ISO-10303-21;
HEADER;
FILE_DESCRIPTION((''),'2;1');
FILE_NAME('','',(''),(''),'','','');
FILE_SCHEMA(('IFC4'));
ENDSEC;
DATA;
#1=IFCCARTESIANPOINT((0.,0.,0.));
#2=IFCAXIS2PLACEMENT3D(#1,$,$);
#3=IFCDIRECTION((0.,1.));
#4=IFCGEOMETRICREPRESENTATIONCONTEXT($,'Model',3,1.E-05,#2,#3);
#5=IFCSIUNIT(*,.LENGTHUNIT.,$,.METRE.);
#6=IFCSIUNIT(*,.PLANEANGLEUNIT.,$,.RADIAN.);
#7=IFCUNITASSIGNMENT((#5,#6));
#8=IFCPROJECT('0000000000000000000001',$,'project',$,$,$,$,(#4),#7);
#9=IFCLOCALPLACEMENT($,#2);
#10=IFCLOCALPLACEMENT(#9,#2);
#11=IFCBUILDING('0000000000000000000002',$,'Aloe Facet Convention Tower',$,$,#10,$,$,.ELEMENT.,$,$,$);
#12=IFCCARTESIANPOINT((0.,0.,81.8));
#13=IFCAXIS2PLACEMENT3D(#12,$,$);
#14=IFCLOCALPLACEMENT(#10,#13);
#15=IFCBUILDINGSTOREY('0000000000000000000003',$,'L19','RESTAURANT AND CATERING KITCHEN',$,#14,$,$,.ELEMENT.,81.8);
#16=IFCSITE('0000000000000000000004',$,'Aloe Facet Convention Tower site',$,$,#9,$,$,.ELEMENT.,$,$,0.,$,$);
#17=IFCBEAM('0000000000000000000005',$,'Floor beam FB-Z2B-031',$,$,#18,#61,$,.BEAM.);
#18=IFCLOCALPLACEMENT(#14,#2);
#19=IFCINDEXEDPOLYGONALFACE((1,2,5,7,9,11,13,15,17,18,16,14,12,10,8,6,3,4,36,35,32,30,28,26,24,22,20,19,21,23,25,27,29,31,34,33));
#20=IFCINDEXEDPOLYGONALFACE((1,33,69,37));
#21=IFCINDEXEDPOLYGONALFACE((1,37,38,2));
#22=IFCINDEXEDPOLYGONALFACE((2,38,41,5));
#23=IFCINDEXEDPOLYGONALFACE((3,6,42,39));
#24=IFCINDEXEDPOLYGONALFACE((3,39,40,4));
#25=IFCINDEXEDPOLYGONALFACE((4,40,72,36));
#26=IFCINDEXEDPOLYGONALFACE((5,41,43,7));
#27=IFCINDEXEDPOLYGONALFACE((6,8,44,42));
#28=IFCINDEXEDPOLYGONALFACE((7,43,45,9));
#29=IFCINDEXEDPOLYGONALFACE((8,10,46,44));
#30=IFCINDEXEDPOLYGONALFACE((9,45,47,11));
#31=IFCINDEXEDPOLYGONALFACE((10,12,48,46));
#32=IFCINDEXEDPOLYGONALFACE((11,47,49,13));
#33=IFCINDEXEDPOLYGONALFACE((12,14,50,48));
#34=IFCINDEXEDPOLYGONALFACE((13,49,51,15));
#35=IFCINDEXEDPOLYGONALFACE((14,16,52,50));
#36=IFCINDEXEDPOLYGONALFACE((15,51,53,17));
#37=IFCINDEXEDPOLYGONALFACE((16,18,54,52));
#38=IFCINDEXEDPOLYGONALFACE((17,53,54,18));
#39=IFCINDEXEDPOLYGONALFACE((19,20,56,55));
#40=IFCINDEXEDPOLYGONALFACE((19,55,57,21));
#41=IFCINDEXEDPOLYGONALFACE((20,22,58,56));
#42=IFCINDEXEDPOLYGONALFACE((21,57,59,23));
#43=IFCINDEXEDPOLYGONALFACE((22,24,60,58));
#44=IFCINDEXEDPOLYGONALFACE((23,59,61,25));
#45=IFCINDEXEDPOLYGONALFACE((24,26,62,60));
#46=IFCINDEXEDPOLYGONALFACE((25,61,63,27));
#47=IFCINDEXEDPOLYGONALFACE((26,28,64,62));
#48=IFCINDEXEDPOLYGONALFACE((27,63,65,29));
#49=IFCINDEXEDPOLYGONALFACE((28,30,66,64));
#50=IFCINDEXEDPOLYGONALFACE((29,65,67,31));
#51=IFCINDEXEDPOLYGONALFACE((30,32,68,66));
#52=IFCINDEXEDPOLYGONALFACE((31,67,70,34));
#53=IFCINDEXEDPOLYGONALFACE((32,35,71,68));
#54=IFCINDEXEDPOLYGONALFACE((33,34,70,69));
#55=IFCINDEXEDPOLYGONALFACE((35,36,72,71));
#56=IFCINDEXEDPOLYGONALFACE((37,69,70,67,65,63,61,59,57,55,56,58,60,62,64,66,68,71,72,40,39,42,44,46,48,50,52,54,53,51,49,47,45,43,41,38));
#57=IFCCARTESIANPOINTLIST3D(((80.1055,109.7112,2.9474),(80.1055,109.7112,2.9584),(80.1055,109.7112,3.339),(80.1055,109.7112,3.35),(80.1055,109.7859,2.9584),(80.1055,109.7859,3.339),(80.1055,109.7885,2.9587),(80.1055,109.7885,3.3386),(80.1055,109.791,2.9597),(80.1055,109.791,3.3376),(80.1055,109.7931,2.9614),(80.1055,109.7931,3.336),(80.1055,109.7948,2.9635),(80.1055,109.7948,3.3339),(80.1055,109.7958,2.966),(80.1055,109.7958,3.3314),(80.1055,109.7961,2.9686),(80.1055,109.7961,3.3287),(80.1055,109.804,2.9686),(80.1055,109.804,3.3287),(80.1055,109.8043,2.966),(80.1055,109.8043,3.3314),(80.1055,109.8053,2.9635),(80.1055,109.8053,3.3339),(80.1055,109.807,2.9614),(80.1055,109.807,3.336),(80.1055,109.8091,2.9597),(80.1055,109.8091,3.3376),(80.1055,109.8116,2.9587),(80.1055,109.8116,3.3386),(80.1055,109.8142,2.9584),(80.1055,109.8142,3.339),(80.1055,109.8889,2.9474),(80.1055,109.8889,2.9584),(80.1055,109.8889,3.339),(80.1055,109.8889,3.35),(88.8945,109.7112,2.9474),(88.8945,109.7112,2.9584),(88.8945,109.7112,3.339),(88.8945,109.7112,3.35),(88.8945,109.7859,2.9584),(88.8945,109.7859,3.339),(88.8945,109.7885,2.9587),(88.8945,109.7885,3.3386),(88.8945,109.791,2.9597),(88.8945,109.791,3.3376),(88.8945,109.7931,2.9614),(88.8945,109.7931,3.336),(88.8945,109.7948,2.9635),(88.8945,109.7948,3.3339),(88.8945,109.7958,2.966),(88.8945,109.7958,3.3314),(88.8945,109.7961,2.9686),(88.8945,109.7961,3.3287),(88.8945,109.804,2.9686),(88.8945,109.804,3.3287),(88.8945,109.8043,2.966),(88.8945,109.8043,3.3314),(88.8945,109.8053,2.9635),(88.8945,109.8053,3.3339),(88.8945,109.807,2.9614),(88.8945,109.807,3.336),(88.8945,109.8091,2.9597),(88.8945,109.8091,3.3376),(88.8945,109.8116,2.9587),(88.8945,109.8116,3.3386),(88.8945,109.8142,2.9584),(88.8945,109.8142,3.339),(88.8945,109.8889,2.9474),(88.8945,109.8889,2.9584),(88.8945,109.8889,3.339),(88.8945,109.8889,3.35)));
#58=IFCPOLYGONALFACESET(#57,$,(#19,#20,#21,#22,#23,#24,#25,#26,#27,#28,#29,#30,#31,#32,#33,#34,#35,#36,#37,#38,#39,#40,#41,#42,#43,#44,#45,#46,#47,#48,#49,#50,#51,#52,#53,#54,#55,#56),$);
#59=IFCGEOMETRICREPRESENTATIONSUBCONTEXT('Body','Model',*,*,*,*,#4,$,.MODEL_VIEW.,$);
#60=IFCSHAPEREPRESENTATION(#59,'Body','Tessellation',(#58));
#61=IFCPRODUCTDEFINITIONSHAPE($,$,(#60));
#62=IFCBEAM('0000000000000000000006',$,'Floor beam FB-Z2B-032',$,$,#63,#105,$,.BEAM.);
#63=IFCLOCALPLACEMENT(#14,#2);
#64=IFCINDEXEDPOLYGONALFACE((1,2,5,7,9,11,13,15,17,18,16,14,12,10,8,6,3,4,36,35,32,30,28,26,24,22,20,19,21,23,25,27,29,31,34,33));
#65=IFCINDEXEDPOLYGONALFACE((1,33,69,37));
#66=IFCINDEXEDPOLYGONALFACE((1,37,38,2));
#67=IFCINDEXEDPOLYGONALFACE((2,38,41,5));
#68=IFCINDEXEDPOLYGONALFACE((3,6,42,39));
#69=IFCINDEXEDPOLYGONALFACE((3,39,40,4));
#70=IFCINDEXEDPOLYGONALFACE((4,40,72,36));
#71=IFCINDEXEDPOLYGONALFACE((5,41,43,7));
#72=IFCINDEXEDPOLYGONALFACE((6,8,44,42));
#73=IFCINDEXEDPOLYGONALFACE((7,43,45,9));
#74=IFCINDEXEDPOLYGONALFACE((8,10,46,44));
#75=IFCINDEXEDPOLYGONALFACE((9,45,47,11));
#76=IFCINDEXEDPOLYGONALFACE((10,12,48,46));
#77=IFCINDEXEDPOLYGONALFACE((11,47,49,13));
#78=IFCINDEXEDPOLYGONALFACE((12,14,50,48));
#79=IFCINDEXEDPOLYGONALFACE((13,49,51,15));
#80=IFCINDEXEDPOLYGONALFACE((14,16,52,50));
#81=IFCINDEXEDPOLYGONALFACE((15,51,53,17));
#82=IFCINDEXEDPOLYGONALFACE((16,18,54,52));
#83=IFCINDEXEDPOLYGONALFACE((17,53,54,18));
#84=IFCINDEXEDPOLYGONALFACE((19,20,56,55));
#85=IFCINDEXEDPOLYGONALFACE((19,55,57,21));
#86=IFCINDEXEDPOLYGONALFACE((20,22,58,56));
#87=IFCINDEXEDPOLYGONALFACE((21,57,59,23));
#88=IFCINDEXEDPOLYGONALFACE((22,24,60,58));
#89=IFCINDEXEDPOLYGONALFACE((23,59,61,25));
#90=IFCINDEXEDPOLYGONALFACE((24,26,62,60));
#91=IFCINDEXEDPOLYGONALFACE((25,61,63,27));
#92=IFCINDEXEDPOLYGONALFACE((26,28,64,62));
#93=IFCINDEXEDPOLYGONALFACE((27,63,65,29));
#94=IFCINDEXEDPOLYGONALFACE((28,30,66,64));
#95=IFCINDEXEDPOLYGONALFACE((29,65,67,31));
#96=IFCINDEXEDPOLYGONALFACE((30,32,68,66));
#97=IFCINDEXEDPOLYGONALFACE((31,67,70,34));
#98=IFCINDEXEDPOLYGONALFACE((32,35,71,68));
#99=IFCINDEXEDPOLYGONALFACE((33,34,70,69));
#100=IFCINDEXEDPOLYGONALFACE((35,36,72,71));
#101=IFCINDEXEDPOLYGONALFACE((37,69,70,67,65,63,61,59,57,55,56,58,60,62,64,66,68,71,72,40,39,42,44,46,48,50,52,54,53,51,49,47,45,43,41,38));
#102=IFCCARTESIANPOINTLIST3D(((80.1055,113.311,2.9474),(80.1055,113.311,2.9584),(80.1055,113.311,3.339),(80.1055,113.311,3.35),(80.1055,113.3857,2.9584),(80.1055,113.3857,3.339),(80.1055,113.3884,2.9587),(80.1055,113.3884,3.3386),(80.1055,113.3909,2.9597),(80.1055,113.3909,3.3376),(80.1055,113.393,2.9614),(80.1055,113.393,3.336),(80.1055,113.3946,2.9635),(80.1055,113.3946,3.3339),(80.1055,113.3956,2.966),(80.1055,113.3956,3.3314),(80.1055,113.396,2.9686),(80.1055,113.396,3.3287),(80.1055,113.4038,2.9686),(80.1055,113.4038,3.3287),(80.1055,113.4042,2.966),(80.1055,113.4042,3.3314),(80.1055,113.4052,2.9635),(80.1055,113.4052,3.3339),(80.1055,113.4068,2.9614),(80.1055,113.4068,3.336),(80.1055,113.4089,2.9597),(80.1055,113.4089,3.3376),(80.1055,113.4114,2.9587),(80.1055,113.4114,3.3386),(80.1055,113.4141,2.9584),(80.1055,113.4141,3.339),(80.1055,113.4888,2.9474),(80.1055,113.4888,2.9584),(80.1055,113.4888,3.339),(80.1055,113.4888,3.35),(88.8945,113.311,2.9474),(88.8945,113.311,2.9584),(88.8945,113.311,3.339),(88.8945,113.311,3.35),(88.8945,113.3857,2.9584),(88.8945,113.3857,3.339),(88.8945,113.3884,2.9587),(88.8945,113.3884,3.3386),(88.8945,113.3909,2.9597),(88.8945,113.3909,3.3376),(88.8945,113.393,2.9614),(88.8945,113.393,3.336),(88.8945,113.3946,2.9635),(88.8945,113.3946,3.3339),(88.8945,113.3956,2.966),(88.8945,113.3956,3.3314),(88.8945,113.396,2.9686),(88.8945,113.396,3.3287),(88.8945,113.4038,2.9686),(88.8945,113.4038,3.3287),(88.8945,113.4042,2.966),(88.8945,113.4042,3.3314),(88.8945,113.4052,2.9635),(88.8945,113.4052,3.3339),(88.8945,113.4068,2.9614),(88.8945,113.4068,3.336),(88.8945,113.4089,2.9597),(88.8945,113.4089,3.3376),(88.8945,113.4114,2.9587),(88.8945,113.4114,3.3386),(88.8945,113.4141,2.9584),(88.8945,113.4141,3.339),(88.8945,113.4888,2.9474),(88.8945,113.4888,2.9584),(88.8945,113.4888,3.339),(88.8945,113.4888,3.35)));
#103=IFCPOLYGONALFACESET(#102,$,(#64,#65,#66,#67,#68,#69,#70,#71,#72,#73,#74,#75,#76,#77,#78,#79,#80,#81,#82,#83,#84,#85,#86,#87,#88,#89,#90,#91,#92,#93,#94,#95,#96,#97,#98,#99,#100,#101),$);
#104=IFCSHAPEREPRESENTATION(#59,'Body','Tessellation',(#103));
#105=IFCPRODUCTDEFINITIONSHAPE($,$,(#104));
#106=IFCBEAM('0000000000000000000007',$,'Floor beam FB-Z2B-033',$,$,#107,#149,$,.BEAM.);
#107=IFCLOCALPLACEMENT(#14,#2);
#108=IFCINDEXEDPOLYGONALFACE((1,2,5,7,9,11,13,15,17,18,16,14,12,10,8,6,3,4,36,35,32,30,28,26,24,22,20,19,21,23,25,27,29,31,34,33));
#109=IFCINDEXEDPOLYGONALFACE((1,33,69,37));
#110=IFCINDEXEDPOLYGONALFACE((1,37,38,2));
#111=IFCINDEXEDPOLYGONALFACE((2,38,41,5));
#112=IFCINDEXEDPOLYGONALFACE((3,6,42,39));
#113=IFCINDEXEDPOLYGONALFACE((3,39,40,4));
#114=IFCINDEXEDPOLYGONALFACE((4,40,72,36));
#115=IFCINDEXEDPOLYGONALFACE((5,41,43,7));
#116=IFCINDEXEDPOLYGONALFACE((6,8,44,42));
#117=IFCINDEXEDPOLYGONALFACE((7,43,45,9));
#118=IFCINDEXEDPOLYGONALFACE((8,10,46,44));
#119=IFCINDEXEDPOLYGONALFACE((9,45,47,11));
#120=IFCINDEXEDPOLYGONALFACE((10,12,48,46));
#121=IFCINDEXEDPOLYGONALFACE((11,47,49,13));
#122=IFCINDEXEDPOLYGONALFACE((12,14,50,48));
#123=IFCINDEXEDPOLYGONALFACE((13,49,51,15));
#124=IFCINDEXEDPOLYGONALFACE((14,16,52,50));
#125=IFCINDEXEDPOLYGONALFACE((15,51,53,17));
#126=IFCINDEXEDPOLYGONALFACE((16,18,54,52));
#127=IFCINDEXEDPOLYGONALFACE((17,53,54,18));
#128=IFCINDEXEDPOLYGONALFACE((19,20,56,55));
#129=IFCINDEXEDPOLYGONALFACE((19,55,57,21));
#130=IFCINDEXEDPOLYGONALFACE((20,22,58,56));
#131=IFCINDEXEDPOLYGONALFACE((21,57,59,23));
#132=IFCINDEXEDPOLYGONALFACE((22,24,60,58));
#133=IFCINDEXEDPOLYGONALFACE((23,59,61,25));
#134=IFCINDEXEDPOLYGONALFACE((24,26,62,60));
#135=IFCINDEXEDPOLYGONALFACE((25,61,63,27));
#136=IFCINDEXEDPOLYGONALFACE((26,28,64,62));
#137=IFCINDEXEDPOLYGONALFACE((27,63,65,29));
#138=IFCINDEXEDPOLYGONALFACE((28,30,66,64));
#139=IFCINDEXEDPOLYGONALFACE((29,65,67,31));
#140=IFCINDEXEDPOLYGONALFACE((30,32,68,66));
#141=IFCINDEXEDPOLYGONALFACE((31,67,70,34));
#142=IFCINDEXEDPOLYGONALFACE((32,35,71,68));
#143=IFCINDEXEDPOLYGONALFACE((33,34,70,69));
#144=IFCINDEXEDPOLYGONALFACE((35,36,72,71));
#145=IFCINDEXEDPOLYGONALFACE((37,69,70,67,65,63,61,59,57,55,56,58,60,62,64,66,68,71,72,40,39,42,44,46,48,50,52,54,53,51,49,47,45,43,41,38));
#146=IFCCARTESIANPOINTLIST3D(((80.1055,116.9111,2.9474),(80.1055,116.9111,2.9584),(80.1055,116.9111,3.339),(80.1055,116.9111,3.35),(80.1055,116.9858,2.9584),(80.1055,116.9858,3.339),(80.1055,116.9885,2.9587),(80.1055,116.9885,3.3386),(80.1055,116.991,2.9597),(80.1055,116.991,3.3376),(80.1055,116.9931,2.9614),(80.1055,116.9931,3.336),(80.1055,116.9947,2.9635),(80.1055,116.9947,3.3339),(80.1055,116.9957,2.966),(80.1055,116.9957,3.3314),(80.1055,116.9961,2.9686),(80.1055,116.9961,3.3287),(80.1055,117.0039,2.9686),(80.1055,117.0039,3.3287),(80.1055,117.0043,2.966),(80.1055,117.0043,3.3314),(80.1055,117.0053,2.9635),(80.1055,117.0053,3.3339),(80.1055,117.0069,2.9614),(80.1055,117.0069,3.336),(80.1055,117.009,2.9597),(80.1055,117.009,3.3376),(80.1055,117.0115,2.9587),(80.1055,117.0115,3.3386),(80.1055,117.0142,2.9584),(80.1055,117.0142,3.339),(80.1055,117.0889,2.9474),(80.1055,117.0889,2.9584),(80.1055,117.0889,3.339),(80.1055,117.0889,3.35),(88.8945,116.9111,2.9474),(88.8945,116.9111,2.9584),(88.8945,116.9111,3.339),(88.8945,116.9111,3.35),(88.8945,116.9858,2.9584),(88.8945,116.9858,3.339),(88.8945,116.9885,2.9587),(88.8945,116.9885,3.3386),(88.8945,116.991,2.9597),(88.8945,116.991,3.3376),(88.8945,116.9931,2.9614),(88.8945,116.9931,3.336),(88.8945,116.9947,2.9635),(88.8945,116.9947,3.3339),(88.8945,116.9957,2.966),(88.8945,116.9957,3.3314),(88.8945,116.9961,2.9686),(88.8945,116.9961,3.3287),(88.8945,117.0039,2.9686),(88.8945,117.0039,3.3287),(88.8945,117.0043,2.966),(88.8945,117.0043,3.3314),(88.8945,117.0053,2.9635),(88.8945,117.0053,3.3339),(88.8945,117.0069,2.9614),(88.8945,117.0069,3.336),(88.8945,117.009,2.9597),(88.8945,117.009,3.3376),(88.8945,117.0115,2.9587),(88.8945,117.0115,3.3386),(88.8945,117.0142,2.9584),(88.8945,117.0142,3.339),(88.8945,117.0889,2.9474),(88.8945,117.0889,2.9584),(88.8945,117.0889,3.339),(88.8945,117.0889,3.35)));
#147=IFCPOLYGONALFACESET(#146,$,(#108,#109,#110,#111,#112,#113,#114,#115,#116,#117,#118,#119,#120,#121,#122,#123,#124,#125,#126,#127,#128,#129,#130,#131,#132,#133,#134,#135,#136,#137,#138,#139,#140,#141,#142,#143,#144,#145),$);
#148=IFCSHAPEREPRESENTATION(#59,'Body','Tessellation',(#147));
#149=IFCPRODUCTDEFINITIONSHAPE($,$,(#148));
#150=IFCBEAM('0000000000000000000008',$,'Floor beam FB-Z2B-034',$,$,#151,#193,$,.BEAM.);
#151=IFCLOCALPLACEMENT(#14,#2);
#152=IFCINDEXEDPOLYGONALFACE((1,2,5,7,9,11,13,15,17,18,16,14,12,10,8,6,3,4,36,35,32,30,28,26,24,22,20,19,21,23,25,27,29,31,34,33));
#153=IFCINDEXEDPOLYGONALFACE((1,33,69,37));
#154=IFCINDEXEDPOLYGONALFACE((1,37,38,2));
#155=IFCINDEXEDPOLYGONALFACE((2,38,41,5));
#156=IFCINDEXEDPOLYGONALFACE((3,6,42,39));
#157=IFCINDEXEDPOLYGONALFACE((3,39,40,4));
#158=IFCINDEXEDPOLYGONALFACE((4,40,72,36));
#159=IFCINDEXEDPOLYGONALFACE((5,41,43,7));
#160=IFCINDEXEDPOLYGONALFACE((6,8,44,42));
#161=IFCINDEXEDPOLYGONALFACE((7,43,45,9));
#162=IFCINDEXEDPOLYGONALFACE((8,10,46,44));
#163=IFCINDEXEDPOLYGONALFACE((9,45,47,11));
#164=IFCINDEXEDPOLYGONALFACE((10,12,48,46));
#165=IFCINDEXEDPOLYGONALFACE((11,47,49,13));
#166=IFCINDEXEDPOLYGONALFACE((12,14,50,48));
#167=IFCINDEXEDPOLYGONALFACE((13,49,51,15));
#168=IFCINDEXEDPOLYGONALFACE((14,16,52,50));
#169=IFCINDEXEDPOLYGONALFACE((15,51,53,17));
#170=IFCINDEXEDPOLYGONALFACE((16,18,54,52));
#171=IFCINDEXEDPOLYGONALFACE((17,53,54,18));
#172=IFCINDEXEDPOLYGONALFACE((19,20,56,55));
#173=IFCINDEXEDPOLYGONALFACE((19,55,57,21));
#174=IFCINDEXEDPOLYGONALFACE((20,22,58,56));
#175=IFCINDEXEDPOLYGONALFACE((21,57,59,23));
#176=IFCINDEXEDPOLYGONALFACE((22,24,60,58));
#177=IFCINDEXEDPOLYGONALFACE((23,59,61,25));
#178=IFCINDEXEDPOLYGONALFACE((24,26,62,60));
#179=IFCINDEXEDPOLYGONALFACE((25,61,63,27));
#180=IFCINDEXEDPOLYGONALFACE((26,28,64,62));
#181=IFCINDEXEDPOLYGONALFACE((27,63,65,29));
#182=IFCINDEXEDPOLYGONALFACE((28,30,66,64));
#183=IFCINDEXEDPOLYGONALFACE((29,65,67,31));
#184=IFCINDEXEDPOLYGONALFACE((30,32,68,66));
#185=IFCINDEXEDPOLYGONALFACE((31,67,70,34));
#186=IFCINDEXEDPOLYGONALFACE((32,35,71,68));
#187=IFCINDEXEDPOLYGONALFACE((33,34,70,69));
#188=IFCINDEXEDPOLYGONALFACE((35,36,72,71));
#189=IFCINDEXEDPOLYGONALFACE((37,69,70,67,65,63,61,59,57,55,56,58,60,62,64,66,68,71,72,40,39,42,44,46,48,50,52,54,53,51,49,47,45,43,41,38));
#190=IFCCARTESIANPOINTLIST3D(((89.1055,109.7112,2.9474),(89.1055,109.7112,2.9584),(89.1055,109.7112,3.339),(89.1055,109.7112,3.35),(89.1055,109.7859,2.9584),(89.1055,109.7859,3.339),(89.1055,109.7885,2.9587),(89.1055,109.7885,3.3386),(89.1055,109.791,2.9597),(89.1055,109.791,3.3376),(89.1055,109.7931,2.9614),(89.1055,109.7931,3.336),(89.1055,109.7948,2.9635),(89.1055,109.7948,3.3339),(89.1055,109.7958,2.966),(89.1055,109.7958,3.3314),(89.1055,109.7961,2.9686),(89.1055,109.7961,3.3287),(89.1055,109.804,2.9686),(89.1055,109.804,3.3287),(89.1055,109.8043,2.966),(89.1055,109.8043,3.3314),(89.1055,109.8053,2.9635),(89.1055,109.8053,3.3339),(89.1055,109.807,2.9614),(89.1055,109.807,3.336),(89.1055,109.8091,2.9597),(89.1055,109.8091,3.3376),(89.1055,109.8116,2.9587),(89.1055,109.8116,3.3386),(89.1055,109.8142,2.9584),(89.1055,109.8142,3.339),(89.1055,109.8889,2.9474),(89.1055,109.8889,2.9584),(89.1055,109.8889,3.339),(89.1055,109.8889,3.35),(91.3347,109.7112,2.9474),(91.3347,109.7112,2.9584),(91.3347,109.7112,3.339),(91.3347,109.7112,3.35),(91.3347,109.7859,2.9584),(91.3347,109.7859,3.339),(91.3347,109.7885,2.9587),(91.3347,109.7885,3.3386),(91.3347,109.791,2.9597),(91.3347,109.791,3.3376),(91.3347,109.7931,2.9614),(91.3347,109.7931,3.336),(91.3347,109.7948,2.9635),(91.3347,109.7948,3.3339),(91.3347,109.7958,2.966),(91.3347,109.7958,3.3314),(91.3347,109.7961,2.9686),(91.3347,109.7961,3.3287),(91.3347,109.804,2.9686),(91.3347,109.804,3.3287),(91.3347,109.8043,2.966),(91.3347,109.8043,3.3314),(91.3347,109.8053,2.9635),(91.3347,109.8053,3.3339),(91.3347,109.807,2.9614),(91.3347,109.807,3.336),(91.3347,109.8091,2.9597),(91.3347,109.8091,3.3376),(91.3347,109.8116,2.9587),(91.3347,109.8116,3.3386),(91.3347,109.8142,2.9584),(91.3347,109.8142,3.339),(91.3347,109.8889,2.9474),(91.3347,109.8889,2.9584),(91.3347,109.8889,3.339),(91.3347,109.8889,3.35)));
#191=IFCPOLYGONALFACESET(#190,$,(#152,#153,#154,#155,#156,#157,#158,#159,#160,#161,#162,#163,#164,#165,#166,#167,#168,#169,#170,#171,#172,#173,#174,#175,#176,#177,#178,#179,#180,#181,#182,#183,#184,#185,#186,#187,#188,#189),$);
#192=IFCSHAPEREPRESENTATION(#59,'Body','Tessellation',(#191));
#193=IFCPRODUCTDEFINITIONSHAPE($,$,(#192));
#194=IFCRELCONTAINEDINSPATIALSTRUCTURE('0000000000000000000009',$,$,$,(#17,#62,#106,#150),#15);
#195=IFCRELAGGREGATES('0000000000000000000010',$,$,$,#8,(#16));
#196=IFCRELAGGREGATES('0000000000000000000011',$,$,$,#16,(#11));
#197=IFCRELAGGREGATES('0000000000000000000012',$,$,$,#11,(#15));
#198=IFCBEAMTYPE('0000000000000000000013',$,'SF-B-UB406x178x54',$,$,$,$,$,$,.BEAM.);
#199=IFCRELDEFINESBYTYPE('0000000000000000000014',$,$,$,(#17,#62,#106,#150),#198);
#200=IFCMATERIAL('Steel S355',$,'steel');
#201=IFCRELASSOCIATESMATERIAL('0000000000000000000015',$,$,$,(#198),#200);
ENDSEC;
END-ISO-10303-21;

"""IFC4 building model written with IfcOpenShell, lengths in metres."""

from ifc_helpers import new_model, si_unit, direction, frame, origin, origin_2d, place, context, subcontext, project, spatial, i_section, extrude, material, material_profile, profile_set, type_object, element, save


model = new_model("IFC4")

# Units and contexts
model_context = context("Model", 3, precision=1e-05, world=origin(), true_north=direction((0.0, 1.0)))
body_context = subcontext(model_context, "Body", "Model", "MODEL_VIEW")
ifc_project = project(units=[si_unit("LENGTHUNIT", "METRE"), si_unit("PLANEANGLEUNIT", "RADIAN")], contexts=[model_context])

# Site, building, storey
site_placement = place(None, origin())
site = spatial("IfcSite", under=ifc_project, at=site_placement, Name="Aloe Facet Convention Tower site", CompositionType="ELEMENT", RefElevation=0.0)
building_placement = place(site_placement, origin())
building = spatial("IfcBuilding", under=site, at=building_placement, Name="Aloe Facet Convention Tower", CompositionType="ELEMENT")
storey_placement = place(building_placement, frame((0.0, 0.0, 81.8)))
storey = spatial("IfcBuildingStorey", under=building, at=storey_placement, Name="L19", Description="RESTAURANT AND CATERING KITCHEN", CompositionType="ELEMENT", Elevation=81.8)

# Beams
ifc_material_1 = material(Name="Steel S355", Category="steel")
ifc_material_profile_1 = material_profile(ifc_material_1, i_section(OverallWidth=0.1777, OverallDepth=0.4026, WebThickness=0.0078, FlangeThickness=0.011, FilletRadius=0.0103, at=origin_2d()), Name="UB 406x178x54")
ifc_profile_set_1 = profile_set([ifc_material_profile_1], Name="Steel S355")
beam_type_1 = type_object("IfcBeamType", Name="SF-B-UB406x178x54", PredefinedType="BEAM", material=ifc_profile_set_1)
for number, where, z_axis, x_axis, name in (
    (1, (80.1055, 109.8, 3.1487), (1.0, 0.0, 0.0), (0.0, 1.0, 0.0), "Floor beam FB-Z2B-031"),
    (2, (80.1055, 113.3999, 3.1487), (1.0, 0.0, 0.0), (0.0, 1.0, 0.0), "Floor beam FB-Z2B-032"),
    (3, (80.1055, 117.0, 3.1487), (1.0, 0.0, 0.0), (0.0, 1.0, 0.0), "Floor beam FB-Z2B-033"),
):
    element("IfcBeam", number, at=place(storey_placement, frame(where, z_axis=z_axis, x_axis=x_axis)), inside=storey, type_object=beam_type_1, Name=name, PredefinedType="BEAM", context=body_context, shape_type="SweptSolid", body=[
        extrude(i_section(OverallWidth=0.1777, OverallDepth=0.4026, WebThickness=0.0078, FlangeThickness=0.011, FilletRadius=0.0103, at=origin_2d()), origin(), (0.0, 0.0, 1.0), 8.7891),
    ])
beam_1_placement = place(storey_placement, frame((89.1055, 109.8, 3.1487), z_axis=(1.0, 0.0, 0.0), x_axis=(0.0, 1.0, 0.0)))
element("IfcBeam", 4, at=beam_1_placement, inside=storey, type_object=beam_type_1, Name="Floor beam FB-Z2B-034", PredefinedType="BEAM", context=body_context, shape_type="SweptSolid", body=[
    extrude(i_section(OverallWidth=0.1777, OverallDepth=0.4026, WebThickness=0.0078, FlangeThickness=0.011, FilletRadius=0.0103, at=origin_2d()), origin(), (0.0, 0.0, 1.0), 2.2292),
])

save(model, "model.ifc")
